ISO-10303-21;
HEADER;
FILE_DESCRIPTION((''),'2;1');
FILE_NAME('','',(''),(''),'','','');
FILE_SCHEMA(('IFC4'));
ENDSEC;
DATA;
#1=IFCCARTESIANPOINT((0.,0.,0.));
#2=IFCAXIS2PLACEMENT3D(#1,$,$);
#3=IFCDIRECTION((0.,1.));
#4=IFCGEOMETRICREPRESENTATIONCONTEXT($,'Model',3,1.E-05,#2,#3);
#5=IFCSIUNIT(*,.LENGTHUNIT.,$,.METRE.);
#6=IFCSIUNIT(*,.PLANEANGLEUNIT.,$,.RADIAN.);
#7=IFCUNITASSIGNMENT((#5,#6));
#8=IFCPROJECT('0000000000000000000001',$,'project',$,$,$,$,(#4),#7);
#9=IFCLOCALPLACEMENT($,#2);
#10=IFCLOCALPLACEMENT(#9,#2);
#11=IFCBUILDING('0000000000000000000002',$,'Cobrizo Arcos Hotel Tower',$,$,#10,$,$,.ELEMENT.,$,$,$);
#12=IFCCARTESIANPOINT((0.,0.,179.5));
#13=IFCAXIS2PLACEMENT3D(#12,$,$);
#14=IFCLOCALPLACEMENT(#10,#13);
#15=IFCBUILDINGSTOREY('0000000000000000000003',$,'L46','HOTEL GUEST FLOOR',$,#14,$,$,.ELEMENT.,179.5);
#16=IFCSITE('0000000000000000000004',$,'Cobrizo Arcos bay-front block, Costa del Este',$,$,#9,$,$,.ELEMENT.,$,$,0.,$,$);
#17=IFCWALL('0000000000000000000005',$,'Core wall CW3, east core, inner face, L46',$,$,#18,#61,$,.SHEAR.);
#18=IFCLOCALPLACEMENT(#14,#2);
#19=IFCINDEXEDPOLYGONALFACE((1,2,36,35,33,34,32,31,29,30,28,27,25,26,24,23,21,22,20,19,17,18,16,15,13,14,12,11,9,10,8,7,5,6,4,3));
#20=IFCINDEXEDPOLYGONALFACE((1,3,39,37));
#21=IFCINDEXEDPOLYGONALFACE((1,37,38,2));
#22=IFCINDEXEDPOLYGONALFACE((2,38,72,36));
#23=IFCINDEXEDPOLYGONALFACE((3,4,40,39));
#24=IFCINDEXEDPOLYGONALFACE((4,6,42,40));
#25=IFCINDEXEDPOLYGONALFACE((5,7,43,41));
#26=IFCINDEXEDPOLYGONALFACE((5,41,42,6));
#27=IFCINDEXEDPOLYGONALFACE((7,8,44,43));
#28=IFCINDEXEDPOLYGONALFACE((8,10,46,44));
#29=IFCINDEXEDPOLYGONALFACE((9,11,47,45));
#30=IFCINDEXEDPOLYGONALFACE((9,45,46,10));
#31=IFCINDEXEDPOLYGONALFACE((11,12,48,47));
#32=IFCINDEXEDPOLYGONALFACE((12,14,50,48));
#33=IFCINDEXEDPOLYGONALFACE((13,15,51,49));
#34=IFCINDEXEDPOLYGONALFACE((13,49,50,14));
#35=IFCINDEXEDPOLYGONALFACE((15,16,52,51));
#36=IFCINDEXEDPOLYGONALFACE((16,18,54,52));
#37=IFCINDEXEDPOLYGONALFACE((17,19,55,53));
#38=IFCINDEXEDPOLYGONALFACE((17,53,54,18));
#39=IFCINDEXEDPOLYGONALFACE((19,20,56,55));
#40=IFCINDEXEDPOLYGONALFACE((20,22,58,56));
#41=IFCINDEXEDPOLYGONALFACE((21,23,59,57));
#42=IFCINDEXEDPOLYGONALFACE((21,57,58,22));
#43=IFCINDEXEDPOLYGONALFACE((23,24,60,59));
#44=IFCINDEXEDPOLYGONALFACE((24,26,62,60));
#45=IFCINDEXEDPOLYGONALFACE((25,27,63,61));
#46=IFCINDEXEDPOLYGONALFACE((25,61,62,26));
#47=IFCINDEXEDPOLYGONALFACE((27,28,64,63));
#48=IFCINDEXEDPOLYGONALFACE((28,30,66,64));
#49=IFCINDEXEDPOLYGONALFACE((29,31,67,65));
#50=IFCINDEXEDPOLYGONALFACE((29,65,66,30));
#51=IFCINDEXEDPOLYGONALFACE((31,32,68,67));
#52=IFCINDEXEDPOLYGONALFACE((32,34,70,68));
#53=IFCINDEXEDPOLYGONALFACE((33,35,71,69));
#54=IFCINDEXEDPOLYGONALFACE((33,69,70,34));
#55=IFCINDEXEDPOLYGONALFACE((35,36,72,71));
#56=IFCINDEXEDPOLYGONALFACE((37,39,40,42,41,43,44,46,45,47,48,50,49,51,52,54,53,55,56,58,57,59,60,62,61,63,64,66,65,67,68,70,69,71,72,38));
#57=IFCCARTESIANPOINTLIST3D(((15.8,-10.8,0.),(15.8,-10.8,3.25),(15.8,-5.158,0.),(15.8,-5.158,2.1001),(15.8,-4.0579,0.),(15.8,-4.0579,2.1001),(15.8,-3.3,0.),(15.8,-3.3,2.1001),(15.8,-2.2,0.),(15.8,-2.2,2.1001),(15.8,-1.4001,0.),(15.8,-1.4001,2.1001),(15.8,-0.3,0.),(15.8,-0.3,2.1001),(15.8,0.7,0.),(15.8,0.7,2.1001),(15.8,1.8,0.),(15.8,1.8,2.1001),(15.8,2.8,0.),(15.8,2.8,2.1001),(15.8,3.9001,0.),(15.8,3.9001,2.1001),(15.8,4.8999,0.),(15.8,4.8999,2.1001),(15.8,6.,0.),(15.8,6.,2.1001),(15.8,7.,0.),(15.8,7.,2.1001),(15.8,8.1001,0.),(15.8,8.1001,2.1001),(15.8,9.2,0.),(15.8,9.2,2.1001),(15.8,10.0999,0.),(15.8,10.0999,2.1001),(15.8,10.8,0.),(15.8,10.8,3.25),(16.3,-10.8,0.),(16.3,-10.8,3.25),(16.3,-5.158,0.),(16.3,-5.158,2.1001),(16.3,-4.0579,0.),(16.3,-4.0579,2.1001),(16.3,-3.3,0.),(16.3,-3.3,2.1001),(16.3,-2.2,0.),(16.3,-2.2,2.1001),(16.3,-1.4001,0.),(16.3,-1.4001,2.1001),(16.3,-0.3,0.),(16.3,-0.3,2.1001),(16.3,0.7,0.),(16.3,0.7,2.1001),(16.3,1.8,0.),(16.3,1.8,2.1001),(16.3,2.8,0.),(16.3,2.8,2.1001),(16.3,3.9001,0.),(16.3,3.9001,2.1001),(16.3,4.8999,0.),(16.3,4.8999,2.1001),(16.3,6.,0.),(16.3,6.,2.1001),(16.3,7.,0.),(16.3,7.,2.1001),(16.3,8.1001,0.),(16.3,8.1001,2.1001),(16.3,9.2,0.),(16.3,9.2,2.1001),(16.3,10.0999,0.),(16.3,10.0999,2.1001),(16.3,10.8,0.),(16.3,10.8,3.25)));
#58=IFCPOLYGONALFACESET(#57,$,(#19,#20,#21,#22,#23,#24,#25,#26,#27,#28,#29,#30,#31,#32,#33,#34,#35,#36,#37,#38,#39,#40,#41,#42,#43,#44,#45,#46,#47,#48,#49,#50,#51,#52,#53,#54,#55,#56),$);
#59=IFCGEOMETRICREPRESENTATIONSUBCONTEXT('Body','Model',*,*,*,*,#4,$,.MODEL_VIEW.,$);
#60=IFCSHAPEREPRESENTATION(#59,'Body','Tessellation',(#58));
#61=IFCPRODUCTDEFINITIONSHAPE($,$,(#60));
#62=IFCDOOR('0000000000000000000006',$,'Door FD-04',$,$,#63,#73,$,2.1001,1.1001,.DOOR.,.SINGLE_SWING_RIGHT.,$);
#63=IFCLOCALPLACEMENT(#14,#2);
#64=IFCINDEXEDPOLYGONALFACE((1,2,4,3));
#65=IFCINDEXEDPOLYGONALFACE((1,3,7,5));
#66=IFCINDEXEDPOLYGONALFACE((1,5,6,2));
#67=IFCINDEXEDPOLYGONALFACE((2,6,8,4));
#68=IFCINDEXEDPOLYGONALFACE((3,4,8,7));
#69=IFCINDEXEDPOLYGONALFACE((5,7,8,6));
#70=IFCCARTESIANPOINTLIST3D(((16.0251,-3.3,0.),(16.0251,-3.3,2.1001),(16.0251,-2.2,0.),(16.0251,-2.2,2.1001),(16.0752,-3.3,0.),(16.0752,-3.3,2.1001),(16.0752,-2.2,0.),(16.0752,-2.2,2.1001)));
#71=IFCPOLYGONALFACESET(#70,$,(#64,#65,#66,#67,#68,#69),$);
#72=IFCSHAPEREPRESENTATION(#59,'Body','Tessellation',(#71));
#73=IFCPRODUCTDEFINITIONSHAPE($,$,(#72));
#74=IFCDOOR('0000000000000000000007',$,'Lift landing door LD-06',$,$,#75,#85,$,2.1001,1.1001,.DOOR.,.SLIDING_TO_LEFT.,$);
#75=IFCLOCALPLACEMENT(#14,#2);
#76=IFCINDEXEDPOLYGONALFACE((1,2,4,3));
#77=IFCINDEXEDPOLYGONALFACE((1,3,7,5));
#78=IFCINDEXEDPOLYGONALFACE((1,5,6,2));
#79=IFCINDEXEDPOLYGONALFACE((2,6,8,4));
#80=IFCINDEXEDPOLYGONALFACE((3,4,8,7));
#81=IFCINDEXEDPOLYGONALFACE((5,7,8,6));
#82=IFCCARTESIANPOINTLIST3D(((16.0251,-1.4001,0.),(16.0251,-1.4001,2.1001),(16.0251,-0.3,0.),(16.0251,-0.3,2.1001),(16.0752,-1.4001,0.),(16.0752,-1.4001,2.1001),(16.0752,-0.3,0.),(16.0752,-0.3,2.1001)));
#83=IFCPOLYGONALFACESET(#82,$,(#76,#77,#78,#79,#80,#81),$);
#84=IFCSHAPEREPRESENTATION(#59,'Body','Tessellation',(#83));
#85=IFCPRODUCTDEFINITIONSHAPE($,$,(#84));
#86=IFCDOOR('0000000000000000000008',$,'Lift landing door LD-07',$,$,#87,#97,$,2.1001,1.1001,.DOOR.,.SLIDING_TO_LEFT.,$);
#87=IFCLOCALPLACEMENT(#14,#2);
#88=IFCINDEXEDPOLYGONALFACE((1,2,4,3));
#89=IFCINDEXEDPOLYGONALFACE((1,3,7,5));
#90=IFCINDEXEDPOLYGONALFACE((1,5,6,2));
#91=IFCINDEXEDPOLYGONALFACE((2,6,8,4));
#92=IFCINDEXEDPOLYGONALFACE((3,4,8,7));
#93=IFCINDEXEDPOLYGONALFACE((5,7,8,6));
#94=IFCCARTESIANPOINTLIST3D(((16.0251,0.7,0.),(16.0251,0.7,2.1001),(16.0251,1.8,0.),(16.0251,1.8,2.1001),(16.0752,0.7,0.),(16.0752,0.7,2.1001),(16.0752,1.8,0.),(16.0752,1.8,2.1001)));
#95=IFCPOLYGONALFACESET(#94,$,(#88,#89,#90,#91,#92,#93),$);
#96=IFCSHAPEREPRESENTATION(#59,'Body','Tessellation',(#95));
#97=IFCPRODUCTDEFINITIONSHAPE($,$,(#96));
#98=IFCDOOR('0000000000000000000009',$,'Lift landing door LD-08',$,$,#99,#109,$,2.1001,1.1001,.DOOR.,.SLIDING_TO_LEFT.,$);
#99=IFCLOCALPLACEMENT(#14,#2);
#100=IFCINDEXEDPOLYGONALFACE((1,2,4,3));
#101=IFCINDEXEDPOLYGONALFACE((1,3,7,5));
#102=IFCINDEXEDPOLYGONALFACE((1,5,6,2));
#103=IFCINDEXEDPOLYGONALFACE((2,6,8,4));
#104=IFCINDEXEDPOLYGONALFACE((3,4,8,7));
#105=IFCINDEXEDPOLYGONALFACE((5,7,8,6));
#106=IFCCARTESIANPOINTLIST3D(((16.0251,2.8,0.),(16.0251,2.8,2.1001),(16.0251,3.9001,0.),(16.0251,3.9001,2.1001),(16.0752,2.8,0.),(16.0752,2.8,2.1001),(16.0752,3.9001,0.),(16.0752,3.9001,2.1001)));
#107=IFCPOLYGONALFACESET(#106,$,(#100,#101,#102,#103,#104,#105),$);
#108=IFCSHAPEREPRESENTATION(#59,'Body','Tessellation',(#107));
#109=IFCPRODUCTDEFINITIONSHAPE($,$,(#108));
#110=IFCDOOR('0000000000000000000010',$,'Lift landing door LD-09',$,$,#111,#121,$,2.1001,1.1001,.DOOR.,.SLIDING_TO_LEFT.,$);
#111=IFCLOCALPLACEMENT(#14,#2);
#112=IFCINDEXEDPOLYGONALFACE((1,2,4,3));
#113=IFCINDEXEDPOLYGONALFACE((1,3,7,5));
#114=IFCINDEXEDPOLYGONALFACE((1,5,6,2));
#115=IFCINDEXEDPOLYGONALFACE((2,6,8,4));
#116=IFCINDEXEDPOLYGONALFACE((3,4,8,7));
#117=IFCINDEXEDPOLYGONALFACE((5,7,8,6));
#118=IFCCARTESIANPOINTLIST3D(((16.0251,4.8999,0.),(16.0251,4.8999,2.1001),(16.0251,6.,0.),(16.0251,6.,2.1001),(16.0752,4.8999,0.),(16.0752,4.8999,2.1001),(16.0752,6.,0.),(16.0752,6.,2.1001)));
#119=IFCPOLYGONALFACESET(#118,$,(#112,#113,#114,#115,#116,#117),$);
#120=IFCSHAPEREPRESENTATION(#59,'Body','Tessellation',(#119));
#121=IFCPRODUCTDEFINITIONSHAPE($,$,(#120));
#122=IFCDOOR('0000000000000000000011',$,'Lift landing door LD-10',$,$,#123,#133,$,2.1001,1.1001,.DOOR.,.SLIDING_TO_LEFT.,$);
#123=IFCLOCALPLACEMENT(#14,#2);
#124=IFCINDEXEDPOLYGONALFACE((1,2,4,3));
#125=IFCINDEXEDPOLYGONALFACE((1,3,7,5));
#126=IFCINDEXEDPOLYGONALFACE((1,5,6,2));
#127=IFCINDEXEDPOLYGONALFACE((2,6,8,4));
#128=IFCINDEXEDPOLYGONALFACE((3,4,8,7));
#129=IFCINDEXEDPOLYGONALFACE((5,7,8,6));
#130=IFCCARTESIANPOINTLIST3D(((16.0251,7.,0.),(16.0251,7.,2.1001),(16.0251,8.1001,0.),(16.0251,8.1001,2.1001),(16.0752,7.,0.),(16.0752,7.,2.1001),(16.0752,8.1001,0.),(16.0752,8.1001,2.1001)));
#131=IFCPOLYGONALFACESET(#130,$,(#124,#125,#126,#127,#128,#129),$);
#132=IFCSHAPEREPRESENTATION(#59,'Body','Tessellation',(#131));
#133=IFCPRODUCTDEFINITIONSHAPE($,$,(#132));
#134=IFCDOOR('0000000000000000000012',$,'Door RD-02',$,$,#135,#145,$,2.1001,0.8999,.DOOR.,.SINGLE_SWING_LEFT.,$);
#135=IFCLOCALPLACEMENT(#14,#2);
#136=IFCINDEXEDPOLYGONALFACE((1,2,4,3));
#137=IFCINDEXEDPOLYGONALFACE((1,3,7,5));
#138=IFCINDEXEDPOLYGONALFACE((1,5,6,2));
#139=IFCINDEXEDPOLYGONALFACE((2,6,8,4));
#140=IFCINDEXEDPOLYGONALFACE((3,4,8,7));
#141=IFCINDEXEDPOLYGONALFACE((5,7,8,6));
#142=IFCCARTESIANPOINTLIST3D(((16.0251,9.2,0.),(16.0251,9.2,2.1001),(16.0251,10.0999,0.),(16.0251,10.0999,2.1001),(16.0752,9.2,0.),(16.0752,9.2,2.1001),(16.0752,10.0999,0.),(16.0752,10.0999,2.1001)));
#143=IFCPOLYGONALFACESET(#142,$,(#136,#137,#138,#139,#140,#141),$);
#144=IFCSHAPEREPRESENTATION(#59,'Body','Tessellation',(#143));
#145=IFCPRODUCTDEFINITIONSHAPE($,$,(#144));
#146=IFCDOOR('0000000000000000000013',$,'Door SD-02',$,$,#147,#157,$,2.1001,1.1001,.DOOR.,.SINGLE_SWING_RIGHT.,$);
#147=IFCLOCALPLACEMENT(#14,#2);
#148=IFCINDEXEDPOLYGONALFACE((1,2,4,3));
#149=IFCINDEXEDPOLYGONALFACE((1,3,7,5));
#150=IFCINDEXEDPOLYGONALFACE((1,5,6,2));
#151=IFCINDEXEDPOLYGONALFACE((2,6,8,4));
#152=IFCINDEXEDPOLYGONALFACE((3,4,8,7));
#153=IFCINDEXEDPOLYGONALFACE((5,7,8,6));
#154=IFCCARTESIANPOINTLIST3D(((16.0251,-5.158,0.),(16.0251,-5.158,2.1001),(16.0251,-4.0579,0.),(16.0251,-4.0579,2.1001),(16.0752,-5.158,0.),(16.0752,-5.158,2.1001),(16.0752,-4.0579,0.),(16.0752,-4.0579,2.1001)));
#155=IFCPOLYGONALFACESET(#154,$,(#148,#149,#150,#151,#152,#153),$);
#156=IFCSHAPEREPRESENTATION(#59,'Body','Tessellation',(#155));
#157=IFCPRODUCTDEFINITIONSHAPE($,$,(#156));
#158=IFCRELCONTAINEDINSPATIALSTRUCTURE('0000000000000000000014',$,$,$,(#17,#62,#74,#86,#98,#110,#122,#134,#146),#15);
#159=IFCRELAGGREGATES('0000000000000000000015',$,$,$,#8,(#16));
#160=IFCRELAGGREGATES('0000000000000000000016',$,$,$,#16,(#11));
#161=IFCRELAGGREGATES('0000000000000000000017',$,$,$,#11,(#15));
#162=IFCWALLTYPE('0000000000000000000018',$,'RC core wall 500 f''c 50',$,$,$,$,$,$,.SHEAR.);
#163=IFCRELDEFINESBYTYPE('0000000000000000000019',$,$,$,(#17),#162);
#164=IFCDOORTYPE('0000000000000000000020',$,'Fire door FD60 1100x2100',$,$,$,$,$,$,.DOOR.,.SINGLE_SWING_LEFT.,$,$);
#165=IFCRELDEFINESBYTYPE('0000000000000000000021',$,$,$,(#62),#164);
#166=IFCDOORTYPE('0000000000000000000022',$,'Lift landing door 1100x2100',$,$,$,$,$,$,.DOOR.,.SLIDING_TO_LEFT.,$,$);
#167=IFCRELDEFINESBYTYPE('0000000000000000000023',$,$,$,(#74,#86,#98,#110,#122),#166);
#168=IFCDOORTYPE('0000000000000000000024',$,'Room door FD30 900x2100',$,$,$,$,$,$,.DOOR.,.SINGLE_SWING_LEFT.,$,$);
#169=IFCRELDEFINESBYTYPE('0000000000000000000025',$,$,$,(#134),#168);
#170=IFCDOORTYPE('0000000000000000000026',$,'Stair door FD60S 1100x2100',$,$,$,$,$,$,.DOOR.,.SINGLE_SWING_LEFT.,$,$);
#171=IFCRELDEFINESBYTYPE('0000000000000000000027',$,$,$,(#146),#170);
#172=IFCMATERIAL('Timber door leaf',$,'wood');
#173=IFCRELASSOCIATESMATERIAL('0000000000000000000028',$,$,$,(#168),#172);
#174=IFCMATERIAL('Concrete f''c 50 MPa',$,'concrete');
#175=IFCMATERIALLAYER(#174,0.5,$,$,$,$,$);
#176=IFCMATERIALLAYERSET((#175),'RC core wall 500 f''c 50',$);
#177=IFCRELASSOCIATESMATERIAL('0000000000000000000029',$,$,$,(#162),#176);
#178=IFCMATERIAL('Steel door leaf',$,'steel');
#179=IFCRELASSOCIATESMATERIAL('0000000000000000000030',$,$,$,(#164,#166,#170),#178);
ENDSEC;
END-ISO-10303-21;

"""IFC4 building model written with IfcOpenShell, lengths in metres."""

from ifc_helpers import new_model, si_unit, direction, frame, frame_2d, origin, place, context, subcontext, project, spatial, rectangle, extrude, material, layer, layer_set, type_object, element, fill, save


model = new_model("IFC4")

# Units and contexts
model_context = context("Model", 3, precision=1e-05, world=origin(), true_north=direction((0.0, 1.0)))
body_context = subcontext(model_context, "Body", "Model", "MODEL_VIEW")
ifc_project = project(units=[si_unit("LENGTHUNIT", "METRE"), si_unit("PLANEANGLEUNIT", "RADIAN")], contexts=[model_context])

# Site, building, storey
site_placement = place(None, origin())
site = spatial("IfcSite", under=ifc_project, at=site_placement, Name="Cobrizo Arcos bay-front block, Costa del Este", CompositionType="ELEMENT", RefElevation=0.0)
building_placement = place(site_placement, origin())
building = spatial("IfcBuilding", under=site, at=building_placement, Name="Cobrizo Arcos Hotel Tower", CompositionType="ELEMENT")
storey_placement = place(building_placement, frame((0.0, 0.0, 179.5)))
storey = spatial("IfcBuildingStorey", under=building, at=storey_placement, Name="L46", Description="HOTEL GUEST FLOOR", CompositionType="ELEMENT", Elevation=179.5)

# Shared definitions
ifc_material_1 = material(Name="Timber door leaf", Category="wood")
door_type_1 = type_object("IfcDoorType", Name="Room door FD30 900x2100", OperationType="SINGLE_SWING_LEFT", PredefinedType="DOOR", material=ifc_material_1)

# Wall, openings, doors
ifc_material_2 = material(Name="Concrete f'c 50 MPa", Category="concrete")
ifc_layer_1 = layer(ifc_material_2, 0.5)
ifc_layer_set_1 = layer_set([ifc_layer_1], Name="RC core wall 500 f'c 50")
wall_type_1 = type_object("IfcWallType", Name="RC core wall 500 f'c 50", PredefinedType="SHEAR", material=ifc_layer_set_1)
wall_1_placement = place(storey_placement, frame((16.05, -10.8, 0.0), z_axis=(0.0, 0.0, 1.0), x_axis=(0.0, 1.0, 0.0)))
wall_1 = element("IfcWall", 1, at=wall_1_placement, inside=storey, type_object=wall_type_1, Name="Core wall CW3, east core, inner face, L46", PredefinedType="SHEAR", context=body_context, shape_type="SweptSolid", body=[
    extrude(rectangle(XDim=21.6001, YDim=0.5, at=frame_2d((10.8, 0.0))), origin(), (0.0, 0.0, 1.0), 3.25),
])
opening_1_placement = place(wall_1_placement, frame((9.3999, 0.0, 0.0)))
opening_1 = element("IfcOpeningElement", 2, at=opening_1_placement, cuts=wall_1, PredefinedType="OPENING", context=body_context, shape_type="SweptSolid", body=[
    extrude(rectangle(XDim=1.1001, YDim=2.1001, at=frame_2d((0.55, 1.05))), frame((0.0, 0.262, 0.0), z_axis=(0.0, -1.0, 0.0), x_axis=(1.0, 0.0, 0.0)), (0.0, 0.0, 1.0), 0.5239),
])
opening_2_placement = place(wall_1_placement, frame((11.5, 0.0, 0.0)))
opening_2 = element("IfcOpeningElement", 3, at=opening_2_placement, cuts=wall_1, PredefinedType="OPENING", context=body_context, shape_type="SweptSolid", body=[
    extrude(rectangle(XDim=1.1001, YDim=2.1001, at=frame_2d((0.55, 1.05))), frame((0.0, 0.262, 0.0), z_axis=(0.0, -1.0, 0.0), x_axis=(1.0, 0.0, 0.0)), (0.0, 0.0, 1.0), 0.5239),
])
opening_3_placement = place(wall_1_placement, frame((13.6001, 0.0, 0.0)))
opening_3 = element("IfcOpeningElement", 4, at=opening_3_placement, cuts=wall_1, PredefinedType="OPENING", context=body_context, shape_type="SweptSolid", body=[
    extrude(rectangle(XDim=1.1001, YDim=2.1001, at=frame_2d((0.55, 1.05))), frame((0.0, 0.262, 0.0), z_axis=(0.0, -1.0, 0.0), x_axis=(1.0, 0.0, 0.0)), (0.0, 0.0, 1.0), 0.5239),
])
opening_4_placement = place(wall_1_placement, frame((15.7, 0.0, 0.0)))
opening_4 = element("IfcOpeningElement", 5, at=opening_4_placement, cuts=wall_1, PredefinedType="OPENING", context=body_context, shape_type="SweptSolid", body=[
    extrude(rectangle(XDim=1.1001, YDim=2.1001, at=frame_2d((0.55, 1.05))), frame((0.0, 0.262, 0.0), z_axis=(0.0, -1.0, 0.0), x_axis=(1.0, 0.0, 0.0)), (0.0, 0.0, 1.0), 0.5239),
])
opening_5_placement = place(wall_1_placement, frame((17.8, 0.0, 0.0)))
opening_5 = element("IfcOpeningElement", 6, at=opening_5_placement, cuts=wall_1, PredefinedType="OPENING", context=body_context, shape_type="SweptSolid", body=[
    extrude(rectangle(XDim=1.1001, YDim=2.1001, at=frame_2d((0.55, 1.05))), frame((0.0, 0.262, 0.0), z_axis=(0.0, -1.0, 0.0), x_axis=(1.0, 0.0, 0.0)), (0.0, 0.0, 1.0), 0.5239),
])
opening_6_placement = place(wall_1_placement, frame((5.6421, 0.0, 0.0)))
opening_6 = element("IfcOpeningElement", 7, at=opening_6_placement, cuts=wall_1, PredefinedType="OPENING", context=body_context, shape_type="SweptSolid", body=[
    extrude(rectangle(XDim=1.1001, YDim=2.1001, at=frame_2d((0.55, 1.05))), frame((0.0, 0.262, 0.0), z_axis=(0.0, -1.0, 0.0), x_axis=(1.0, 0.0, 0.0)), (0.0, 0.0, 1.0), 0.5239),
])
opening_7_placement = place(wall_1_placement, frame((7.5, 0.0, 0.0)))
opening_7 = element("IfcOpeningElement", 8, at=opening_7_placement, cuts=wall_1, PredefinedType="OPENING", context=body_context, shape_type="SweptSolid", body=[
    extrude(rectangle(XDim=1.1001, YDim=2.1001, at=frame_2d((0.55, 1.05))), frame((0.0, 0.262, 0.0), z_axis=(0.0, -1.0, 0.0), x_axis=(1.0, 0.0, 0.0)), (0.0, 0.0, 1.0), 0.5239),
])
opening_8_placement = place(wall_1_placement, frame((20.0, 0.0, 0.0)))
opening_8 = element("IfcOpeningElement", 9, at=opening_8_placement, cuts=wall_1, PredefinedType="OPENING", context=body_context, shape_type="SweptSolid", body=[
    extrude(rectangle(XDim=0.8999, YDim=2.1001, at=frame_2d((0.45, 1.05))), frame((0.0, 0.262, 0.0), z_axis=(0.0, -1.0, 0.0), x_axis=(1.0, 0.0, 0.0)), (0.0, 0.0, 1.0), 0.5239),
])
ifc_material_3 = material(Name="Steel door leaf", Category="steel")
door_type_2 = type_object("IfcDoorType", Name="Fire door FD60 1100x2100", OperationType="SINGLE_SWING_LEFT", PredefinedType="DOOR", material=ifc_material_3)
door_1_placement = place(opening_7_placement, origin())
door_1 = element("IfcDoor", 10, at=door_1_placement, inside=storey, type_object=door_type_2, Name="Door FD-04", OperationType="SINGLE_SWING_RIGHT", OverallHeight=2.1001, OverallWidth=1.1001, PredefinedType="DOOR", context=body_context, shape_type="SweptSolid", body=[
    extrude(rectangle(XDim=1.1001, YDim=2.1001, at=frame_2d((0.55, 1.05))), frame((0.0, 0.0249, 0.0), z_axis=(0.0, -1.0, 0.0), x_axis=(1.0, 0.0, 0.0)), (0.0, 0.0, 1.0), 0.05),
])
fill(opening_7, door_1)
door_type_3 = type_object("IfcDoorType", Name="Lift landing door 1100x2100", OperationType="SLIDING_TO_LEFT", PredefinedType="DOOR", material=ifc_material_3)
door_2_placement = place(opening_1_placement, origin())
door_2 = element("IfcDoor", 11, at=door_2_placement, inside=storey, type_object=door_type_3, Name="Lift landing door LD-06", OperationType="SLIDING_TO_LEFT", OverallHeight=2.1001, OverallWidth=1.1001, PredefinedType="DOOR", context=body_context, shape_type="SweptSolid", body=[
    extrude(rectangle(XDim=1.1001, YDim=2.1001, at=frame_2d((0.55, 1.05))), frame((0.0, 0.0249, 0.0), z_axis=(0.0, -1.0, 0.0), x_axis=(1.0, 0.0, 0.0)), (0.0, 0.0, 1.0), 0.05),
])
fill(opening_1, door_2)
door_3_placement = place(opening_2_placement, origin())
door_3 = element("IfcDoor", 12, at=door_3_placement, inside=storey, type_object=door_type_3, Name="Lift landing door LD-07", OperationType="SLIDING_TO_LEFT", OverallHeight=2.1001, OverallWidth=1.1001, PredefinedType="DOOR", context=body_context, shape_type="SweptSolid", body=[
    extrude(rectangle(XDim=1.1001, YDim=2.1001, at=frame_2d((0.55, 1.05))), frame((0.0, 0.0249, 0.0), z_axis=(0.0, -1.0, 0.0), x_axis=(1.0, 0.0, 0.0)), (0.0, 0.0, 1.0), 0.05),
])
fill(opening_2, door_3)
door_4_placement = place(opening_3_placement, origin())
door_4 = element("IfcDoor", 13, at=door_4_placement, inside=storey, type_object=door_type_3, Name="Lift landing door LD-08", OperationType="SLIDING_TO_LEFT", OverallHeight=2.1001, OverallWidth=1.1001, PredefinedType="DOOR", context=body_context, shape_type="SweptSolid", body=[
    extrude(rectangle(XDim=1.1001, YDim=2.1001, at=frame_2d((0.55, 1.05))), frame((0.0, 0.0249, 0.0), z_axis=(0.0, -1.0, 0.0), x_axis=(1.0, 0.0, 0.0)), (0.0, 0.0, 1.0), 0.05),
])
fill(opening_3, door_4)
door_5_placement = place(opening_4_placement, origin())
door_5 = element("IfcDoor", 14, at=door_5_placement, inside=storey, type_object=door_type_3, Name="Lift landing door LD-09", OperationType="SLIDING_TO_LEFT", OverallHeight=2.1001, OverallWidth=1.1001, PredefinedType="DOOR", context=body_context, shape_type="SweptSolid", body=[
    extrude(rectangle(XDim=1.1001, YDim=2.1001, at=frame_2d((0.55, 1.05))), frame((0.0, 0.0249, 0.0), z_axis=(0.0, -1.0, 0.0), x_axis=(1.0, 0.0, 0.0)), (0.0, 0.0, 1.0), 0.05),
])
fill(opening_4, door_5)
door_6_placement = place(opening_5_placement, origin())
door_6 = element("IfcDoor", 15, at=door_6_placement, inside=storey, type_object=door_type_3, Name="Lift landing door LD-10", OperationType="SLIDING_TO_LEFT", OverallHeight=2.1001, OverallWidth=1.1001, PredefinedType="DOOR", context=body_context, shape_type="SweptSolid", body=[
    extrude(rectangle(XDim=1.1001, YDim=2.1001, at=frame_2d((0.55, 1.05))), frame((0.0, 0.0249, 0.0), z_axis=(0.0, -1.0, 0.0), x_axis=(1.0, 0.0, 0.0)), (0.0, 0.0, 1.0), 0.05),
])
fill(opening_5, door_6)
door_7_placement = place(opening_8_placement, origin())
door_7 = element("IfcDoor", 16, at=door_7_placement, inside=storey, type_object=door_type_1, Name="Door RD-02", OperationType="SINGLE_SWING_LEFT", OverallHeight=2.1001, OverallWidth=0.8999, PredefinedType="DOOR", context=body_context, shape_type="SweptSolid", body=[
    extrude(rectangle(XDim=0.8999, YDim=2.1001, at=frame_2d((0.45, 1.05))), frame((0.0, 0.0249, 0.0), z_axis=(0.0, -1.0, 0.0), x_axis=(1.0, 0.0, 0.0)), (0.0, 0.0, 1.0), 0.05),
])
fill(opening_8, door_7)
door_type_4 = type_object("IfcDoorType", Name="Stair door FD60S 1100x2100", OperationType="SINGLE_SWING_LEFT", PredefinedType="DOOR", material=ifc_material_3)
door_8_placement = place(opening_6_placement, origin())
door_8 = element("IfcDoor", 17, at=door_8_placement, inside=storey, type_object=door_type_4, Name="Door SD-02", OperationType="SINGLE_SWING_RIGHT", OverallHeight=2.1001, OverallWidth=1.1001, PredefinedType="DOOR", context=body_context, shape_type="SweptSolid", body=[
    extrude(rectangle(XDim=1.1001, YDim=2.1001, at=frame_2d((0.55, 1.05))), frame((0.0, 0.0249, 0.0), z_axis=(0.0, -1.0, 0.0), x_axis=(1.0, 0.0, 0.0)), (0.0, 0.0, 1.0), 0.05),
])
fill(opening_6, door_8)

save(model, "model.ifc")
